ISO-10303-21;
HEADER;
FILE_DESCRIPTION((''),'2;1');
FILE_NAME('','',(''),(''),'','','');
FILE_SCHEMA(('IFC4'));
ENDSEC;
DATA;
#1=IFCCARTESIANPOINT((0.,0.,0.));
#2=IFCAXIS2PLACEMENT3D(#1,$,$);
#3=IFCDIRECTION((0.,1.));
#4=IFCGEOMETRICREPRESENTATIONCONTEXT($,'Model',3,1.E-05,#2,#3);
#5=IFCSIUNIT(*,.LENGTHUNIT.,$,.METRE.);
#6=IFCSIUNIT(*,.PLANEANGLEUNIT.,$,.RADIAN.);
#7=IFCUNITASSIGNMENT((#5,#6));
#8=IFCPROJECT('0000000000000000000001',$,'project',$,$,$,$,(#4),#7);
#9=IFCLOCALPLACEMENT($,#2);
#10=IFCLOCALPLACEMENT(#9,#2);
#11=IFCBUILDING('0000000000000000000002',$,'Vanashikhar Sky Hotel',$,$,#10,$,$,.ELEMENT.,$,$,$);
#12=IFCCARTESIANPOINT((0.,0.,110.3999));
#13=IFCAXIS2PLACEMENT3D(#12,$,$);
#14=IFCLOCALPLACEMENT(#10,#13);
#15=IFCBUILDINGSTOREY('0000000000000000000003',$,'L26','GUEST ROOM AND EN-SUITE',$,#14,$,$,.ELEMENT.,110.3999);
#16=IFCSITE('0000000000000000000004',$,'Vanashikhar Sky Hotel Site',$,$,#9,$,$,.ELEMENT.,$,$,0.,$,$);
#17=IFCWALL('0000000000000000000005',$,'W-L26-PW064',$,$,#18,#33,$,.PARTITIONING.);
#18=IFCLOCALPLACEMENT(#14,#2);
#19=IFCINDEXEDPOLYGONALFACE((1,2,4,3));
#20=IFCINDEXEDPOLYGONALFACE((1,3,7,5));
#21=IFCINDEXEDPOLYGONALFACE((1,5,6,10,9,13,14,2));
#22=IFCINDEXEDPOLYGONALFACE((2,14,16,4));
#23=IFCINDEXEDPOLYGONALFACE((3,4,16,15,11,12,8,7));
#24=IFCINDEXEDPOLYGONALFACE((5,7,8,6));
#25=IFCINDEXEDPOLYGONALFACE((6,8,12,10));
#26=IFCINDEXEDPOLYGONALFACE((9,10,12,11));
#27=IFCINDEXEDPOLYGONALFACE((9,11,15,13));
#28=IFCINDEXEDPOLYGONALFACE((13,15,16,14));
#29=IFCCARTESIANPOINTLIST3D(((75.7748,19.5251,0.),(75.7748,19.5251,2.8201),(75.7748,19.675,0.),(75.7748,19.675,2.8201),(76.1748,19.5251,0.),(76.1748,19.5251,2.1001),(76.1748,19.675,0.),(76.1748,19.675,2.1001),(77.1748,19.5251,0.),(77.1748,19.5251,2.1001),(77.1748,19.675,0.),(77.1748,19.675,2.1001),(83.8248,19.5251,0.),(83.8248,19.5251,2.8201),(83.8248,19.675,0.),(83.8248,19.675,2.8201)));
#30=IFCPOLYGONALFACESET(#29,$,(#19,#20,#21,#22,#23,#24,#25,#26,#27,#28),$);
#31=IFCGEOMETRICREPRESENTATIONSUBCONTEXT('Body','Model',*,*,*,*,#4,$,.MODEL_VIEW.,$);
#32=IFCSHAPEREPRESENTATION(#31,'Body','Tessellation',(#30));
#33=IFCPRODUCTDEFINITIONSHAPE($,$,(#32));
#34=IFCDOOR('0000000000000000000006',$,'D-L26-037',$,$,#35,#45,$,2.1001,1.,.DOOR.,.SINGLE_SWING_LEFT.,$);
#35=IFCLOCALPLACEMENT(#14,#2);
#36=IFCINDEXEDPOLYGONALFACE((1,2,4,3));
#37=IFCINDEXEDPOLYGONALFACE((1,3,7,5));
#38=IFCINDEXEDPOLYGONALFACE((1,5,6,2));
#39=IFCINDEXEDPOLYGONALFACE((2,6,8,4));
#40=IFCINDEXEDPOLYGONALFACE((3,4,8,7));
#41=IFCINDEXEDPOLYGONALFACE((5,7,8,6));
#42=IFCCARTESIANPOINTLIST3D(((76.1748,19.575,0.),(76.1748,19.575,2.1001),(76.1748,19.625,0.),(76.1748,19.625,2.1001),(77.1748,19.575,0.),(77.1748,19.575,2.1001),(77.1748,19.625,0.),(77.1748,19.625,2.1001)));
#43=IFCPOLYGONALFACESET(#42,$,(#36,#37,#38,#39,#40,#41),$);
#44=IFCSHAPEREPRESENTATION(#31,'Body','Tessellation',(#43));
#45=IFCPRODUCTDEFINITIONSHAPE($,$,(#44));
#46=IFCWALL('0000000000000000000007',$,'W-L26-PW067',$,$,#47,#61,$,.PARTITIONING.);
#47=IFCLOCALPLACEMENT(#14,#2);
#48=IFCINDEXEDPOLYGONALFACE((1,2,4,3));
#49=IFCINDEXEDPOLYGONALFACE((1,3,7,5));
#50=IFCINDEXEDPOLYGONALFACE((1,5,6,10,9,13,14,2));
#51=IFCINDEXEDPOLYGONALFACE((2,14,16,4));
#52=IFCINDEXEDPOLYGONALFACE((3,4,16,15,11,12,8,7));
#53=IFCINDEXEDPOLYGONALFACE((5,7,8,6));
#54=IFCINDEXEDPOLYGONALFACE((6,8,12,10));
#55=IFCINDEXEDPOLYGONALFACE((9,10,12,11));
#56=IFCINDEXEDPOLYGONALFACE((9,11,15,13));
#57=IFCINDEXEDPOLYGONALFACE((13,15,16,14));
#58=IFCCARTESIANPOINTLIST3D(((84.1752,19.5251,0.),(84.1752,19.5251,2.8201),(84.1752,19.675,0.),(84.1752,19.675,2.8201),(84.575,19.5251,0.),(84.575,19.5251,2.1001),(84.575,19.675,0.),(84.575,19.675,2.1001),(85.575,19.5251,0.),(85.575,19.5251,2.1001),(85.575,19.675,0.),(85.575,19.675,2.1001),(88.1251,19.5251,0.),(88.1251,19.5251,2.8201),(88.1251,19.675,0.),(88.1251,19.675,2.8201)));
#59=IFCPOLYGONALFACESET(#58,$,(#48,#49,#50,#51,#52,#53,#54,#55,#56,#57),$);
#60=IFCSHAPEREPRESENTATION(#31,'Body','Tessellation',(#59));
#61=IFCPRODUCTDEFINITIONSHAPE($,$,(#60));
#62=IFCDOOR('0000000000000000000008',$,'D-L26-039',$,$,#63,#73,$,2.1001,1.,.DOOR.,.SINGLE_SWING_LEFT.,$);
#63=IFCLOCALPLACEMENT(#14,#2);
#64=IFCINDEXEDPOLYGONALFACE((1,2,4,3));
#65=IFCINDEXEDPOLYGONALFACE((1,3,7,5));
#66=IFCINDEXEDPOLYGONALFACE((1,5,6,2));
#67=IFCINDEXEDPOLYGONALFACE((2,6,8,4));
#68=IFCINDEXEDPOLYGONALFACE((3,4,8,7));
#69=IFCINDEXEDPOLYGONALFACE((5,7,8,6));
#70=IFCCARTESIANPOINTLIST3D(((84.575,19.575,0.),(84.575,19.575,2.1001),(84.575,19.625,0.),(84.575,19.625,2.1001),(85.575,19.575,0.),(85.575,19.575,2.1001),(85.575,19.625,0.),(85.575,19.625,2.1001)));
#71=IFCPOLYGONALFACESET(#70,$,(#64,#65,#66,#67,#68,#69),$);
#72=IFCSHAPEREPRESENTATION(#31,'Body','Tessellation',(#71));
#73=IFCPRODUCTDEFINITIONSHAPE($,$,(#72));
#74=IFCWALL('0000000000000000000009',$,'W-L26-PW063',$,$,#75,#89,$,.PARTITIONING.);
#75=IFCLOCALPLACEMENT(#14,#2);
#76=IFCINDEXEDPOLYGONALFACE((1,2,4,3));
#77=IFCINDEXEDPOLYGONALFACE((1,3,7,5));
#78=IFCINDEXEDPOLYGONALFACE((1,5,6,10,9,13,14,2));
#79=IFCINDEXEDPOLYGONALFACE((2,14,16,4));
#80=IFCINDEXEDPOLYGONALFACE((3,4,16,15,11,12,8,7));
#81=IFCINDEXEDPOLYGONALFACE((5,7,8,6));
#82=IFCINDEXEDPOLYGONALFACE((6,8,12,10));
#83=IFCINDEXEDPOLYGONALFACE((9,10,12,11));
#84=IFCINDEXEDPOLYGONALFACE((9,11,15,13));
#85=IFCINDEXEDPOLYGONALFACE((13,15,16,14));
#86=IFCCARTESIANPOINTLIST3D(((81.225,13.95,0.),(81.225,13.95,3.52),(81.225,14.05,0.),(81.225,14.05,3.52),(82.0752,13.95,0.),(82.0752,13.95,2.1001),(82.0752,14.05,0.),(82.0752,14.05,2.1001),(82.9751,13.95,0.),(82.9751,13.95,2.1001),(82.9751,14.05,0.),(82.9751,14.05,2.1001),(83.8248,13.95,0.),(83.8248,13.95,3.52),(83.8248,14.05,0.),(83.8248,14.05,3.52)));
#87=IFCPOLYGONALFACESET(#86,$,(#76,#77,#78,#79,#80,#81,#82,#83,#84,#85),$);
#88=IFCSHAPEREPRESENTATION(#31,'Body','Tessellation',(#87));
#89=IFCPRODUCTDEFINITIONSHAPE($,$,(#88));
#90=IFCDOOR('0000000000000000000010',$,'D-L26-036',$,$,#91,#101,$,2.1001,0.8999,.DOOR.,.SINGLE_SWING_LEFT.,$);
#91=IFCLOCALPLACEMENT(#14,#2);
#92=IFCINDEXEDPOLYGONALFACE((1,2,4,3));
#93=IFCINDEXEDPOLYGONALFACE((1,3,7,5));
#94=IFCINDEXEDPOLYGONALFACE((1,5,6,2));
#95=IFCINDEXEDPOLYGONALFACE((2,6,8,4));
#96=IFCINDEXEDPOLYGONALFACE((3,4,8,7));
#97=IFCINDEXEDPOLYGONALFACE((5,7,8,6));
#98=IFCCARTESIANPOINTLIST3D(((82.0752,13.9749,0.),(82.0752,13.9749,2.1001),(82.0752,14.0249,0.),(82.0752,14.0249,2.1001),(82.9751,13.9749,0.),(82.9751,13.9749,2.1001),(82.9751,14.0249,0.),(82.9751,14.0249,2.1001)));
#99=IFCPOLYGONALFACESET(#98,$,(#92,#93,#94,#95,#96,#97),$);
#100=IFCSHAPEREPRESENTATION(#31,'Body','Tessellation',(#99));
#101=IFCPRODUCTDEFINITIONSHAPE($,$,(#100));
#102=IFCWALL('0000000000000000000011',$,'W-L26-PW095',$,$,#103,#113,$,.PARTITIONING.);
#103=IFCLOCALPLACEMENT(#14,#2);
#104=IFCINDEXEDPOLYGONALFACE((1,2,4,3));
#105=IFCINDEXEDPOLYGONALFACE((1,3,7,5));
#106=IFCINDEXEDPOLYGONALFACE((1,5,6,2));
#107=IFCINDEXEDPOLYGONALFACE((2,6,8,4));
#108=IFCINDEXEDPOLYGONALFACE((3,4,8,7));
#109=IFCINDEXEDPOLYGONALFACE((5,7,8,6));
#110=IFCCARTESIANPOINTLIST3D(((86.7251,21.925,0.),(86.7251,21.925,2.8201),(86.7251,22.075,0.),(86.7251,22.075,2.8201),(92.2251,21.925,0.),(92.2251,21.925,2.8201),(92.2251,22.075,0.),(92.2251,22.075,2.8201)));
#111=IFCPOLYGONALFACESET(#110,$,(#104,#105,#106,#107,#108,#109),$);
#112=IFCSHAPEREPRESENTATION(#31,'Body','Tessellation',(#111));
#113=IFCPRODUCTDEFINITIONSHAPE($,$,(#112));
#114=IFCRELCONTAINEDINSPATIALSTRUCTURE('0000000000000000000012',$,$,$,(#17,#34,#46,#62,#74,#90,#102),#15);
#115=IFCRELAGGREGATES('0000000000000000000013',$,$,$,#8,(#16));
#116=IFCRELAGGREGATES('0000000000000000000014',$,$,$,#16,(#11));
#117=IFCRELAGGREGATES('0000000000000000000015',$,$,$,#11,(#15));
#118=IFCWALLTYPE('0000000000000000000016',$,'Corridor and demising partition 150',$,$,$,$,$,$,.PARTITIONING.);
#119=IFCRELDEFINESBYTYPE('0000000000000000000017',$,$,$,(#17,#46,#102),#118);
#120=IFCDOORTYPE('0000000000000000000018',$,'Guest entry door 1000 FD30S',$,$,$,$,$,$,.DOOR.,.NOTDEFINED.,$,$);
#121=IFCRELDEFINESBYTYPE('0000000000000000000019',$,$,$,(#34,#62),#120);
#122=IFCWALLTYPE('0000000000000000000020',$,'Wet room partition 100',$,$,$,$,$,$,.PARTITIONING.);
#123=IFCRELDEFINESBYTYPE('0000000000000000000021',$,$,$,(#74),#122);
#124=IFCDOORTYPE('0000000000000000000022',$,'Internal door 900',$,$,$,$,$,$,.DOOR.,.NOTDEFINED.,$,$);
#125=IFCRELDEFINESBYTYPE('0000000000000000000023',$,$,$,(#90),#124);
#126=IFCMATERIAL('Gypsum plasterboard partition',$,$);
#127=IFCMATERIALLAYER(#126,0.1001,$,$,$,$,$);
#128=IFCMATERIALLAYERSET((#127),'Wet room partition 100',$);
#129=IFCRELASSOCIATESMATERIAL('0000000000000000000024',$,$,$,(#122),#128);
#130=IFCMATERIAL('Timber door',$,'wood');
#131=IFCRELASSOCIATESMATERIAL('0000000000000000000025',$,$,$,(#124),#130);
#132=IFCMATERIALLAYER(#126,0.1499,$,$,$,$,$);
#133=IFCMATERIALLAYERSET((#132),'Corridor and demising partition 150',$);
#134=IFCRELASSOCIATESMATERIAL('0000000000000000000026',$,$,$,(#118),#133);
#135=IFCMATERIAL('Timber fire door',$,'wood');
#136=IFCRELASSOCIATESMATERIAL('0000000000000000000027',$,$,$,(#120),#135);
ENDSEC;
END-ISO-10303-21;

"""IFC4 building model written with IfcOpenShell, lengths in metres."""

from ifc_helpers import new_model, si_unit, direction, frame, frame_2d, origin, place, context, subcontext, project, spatial, rectangle, extrude, source, transform, mapped, material, layer, layer_set, type_object, element, fill, save


model = new_model("IFC4")

# Units and contexts
model_context = context("Model", 3, precision=1e-05, world=origin(), true_north=direction((0.0, 1.0)))
body_context = subcontext(model_context, "Body", "Model", "MODEL_VIEW")
ifc_project = project(units=[si_unit("LENGTHUNIT", "METRE"), si_unit("PLANEANGLEUNIT", "RADIAN")], contexts=[model_context])

# Site, building, storey
site_placement = place(None, origin())
site = spatial("IfcSite", under=ifc_project, at=site_placement, Name="Vanashikhar Sky Hotel Site", CompositionType="ELEMENT", RefElevation=0.0)
building_placement = place(site_placement, origin())
building = spatial("IfcBuilding", under=site, at=building_placement, Name="Vanashikhar Sky Hotel", CompositionType="ELEMENT")
storey_placement = place(building_placement, frame((0.0, 0.0, 110.3999)))
storey = spatial("IfcBuildingStorey", under=building, at=storey_placement, Name="L26", Description="GUEST ROOM AND EN-SUITE", CompositionType="ELEMENT", Elevation=110.3999)

# Shared definitions
ifc_material_1 = material(Name="Gypsum plasterboard partition")
ifc_layer_1 = layer(ifc_material_1, 0.1001)
ifc_layer_set_1 = layer_set([ifc_layer_1], Name="Wet room partition 100")
wall_type_1 = type_object("IfcWallType", Name="Wet room partition 100", PredefinedType="PARTITIONING", material=ifc_layer_set_1)
shared_shape_1 = source(origin(), body_context, "Body", "SweptSolid", [
    extrude(rectangle(XDim=0.8999, YDim=2.1001, at=frame_2d((0.45, 1.05))), frame((0.0, 0.0601, 0.0), z_axis=(0.0, -1.0, 0.0), x_axis=(1.0, 0.0, 0.0)), (0.0, 0.0, 1.0), 0.1201),
])
ifc_material_2 = material(Name="Timber door", Category="wood")
door_type_1 = type_object("IfcDoorType", Name="Internal door 900", OperationType="NOTDEFINED", PredefinedType="DOOR", material=ifc_material_2)
shared_shape_2 = source(origin(), body_context, "Body", "SweptSolid", [
    extrude(rectangle(XDim=0.8999, YDim=2.1001, at=frame_2d((0.45, 1.05))), frame((0.0, 0.0249, 0.0), z_axis=(0.0, -1.0, 0.0), x_axis=(1.0, 0.0, 0.0)), (0.0, 0.0, 1.0), 0.05),
])

# Walls, openings, doors
ifc_layer_2 = layer(ifc_material_1, 0.1499)
ifc_layer_set_2 = layer_set([ifc_layer_2], Name="Corridor and demising partition 150")
wall_type_2 = type_object("IfcWallType", Name="Corridor and demising partition 150", PredefinedType="PARTITIONING", material=ifc_layer_set_2)
shared_shape_3 = source(origin(), body_context, "Body", "SweptSolid", [
    extrude(rectangle(XDim=8.05, YDim=0.1499, at=frame_2d((4.0249, 0.0))), origin(), (0.0, 0.0, 1.0), 2.8201),
])
wall_1_placement = place(storey_placement, frame((75.7749, 19.6001, 0.0), z_axis=(0.0, 0.0, 1.0), x_axis=(1.0, 0.0, 0.0)))
wall_1 = element("IfcWall", 1, at=wall_1_placement, inside=storey, type_object=wall_type_2, Name="W-L26-PW064", PredefinedType="PARTITIONING", context=body_context, shape_type="MappedRepresentation", body=[
    mapped(shared_shape_3, transform((0.0, 0.0, 0.0), scale=1.0)),
])
shared_shape_4 = source(origin(), body_context, "Body", "SweptSolid", [
    extrude(rectangle(XDim=1.0, YDim=2.1001, at=frame_2d((0.5, 1.05))), frame((0.0, 0.085, 0.0), z_axis=(0.0, -1.0, 0.0), x_axis=(1.0, 0.0, 0.0)), (0.0, 0.0, 1.0), 0.1699),
])
opening_1_placement = place(wall_1_placement, frame((0.3999, 0.0, 0.0)))
opening_1 = element("IfcOpeningElement", 2, at=opening_1_placement, cuts=wall_1, PredefinedType="OPENING", context=body_context, shape_type="MappedRepresentation", body=[
    mapped(shared_shape_4, transform((0.0, 0.0, 0.0), scale=1.0)),
])
ifc_material_3 = material(Name="Timber fire door", Category="wood")
door_type_2 = type_object("IfcDoorType", Name="Guest entry door 1000 FD30S", OperationType="NOTDEFINED", PredefinedType="DOOR", material=ifc_material_3)
shared_shape_5 = source(origin(), body_context, "Body", "SweptSolid", [
    extrude(rectangle(XDim=1.0, YDim=2.1001, at=frame_2d((0.5, 1.05))), frame((0.0, 0.0249, 0.0), z_axis=(0.0, -1.0, 0.0), x_axis=(1.0, 0.0, 0.0)), (0.0, 0.0, 1.0), 0.05),
])
door_1_placement = place(opening_1_placement, origin())
door_1 = element("IfcDoor", 3, at=door_1_placement, inside=storey, type_object=door_type_2, Name="D-L26-037", OperationType="SINGLE_SWING_LEFT", OverallHeight=2.1001, OverallWidth=1.0, PredefinedType="DOOR", context=body_context, shape_type="MappedRepresentation", body=[
    mapped(shared_shape_5, transform((0.0, 0.0, 0.0), scale=1.0)),
])
fill(opening_1, door_1)
shared_shape_6 = source(origin(), body_context, "Body", "SweptSolid", [
    extrude(rectangle(XDim=3.95, YDim=0.1499, at=frame_2d((1.9751, 0.0))), origin(), (0.0, 0.0, 1.0), 2.8201),
])
wall_2_placement = place(storey_placement, frame((84.175, 19.6001, 0.0), z_axis=(0.0, 0.0, 1.0), x_axis=(1.0, 0.0, 0.0)))
wall_2 = element("IfcWall", 4, at=wall_2_placement, inside=storey, type_object=wall_type_2, Name="W-L26-PW067", PredefinedType="PARTITIONING", context=body_context, shape_type="MappedRepresentation", body=[
    mapped(shared_shape_6, transform((0.0, 0.0, 0.0), scale=1.0)),
])
opening_2_placement = place(wall_2_placement, frame((0.3999, 0.0, 0.0)))
opening_2 = element("IfcOpeningElement", 5, at=opening_2_placement, cuts=wall_2, PredefinedType="OPENING", context=body_context, shape_type="MappedRepresentation", body=[
    mapped(shared_shape_4, transform((0.0, 0.0, 0.0), scale=1.0)),
])
door_2_placement = place(opening_2_placement, origin())
door_2 = element("IfcDoor", 6, at=door_2_placement, inside=storey, type_object=door_type_2, Name="D-L26-039", OperationType="SINGLE_SWING_LEFT", OverallHeight=2.1001, OverallWidth=1.0, PredefinedType="DOOR", context=body_context, shape_type="MappedRepresentation", body=[
    mapped(shared_shape_5, transform((0.0, 0.0, 0.0), scale=1.0)),
])
fill(opening_2, door_2)
shared_shape_7 = source(origin(), body_context, "Body", "SweptSolid", [
    extrude(rectangle(XDim=2.5999, YDim=0.1001, at=frame_2d((1.2998, 0.0))), origin(), (0.0, 0.0, 1.0), 3.52),
])
wall_3_placement = place(storey_placement, frame((81.2251, 14.0, 0.0), z_axis=(0.0, 0.0, 1.0), x_axis=(1.0, 0.0, 0.0)))
wall_3 = element("IfcWall", 7, at=wall_3_placement, inside=storey, type_object=wall_type_1, Name="W-L26-PW063", PredefinedType="PARTITIONING", context=body_context, shape_type="MappedRepresentation", body=[
    mapped(shared_shape_7, transform((0.0, 0.0, 0.0), scale=1.0)),
])
opening_3_placement = place(wall_3_placement, frame((0.8501, 0.0, 0.0)))
opening_3 = element("IfcOpeningElement", 8, at=opening_3_placement, cuts=wall_3, PredefinedType="OPENING", context=body_context, shape_type="MappedRepresentation", body=[
    mapped(shared_shape_1, transform((0.0, 0.0, 0.0), scale=1.0)),
])
door_3_placement = place(opening_3_placement, origin())
door_3 = element("IfcDoor", 9, at=door_3_placement, inside=storey, type_object=door_type_1, Name="D-L26-036", OperationType="SINGLE_SWING_LEFT", OverallHeight=2.1001, OverallWidth=0.8999, PredefinedType="DOOR", context=body_context, shape_type="MappedRepresentation", body=[
    mapped(shared_shape_2, transform((0.0, 0.0, 0.0), scale=1.0)),
])
fill(opening_3, door_3)

# Wall
shared_shape_8 = source(origin(), body_context, "Body", "SweptSolid", [
    extrude(rectangle(XDim=5.5, YDim=0.1499, at=frame_2d((2.75, 0.0))), origin(), (0.0, 0.0, 1.0), 2.8201),
])
wall_4_placement = place(storey_placement, frame((86.7251, 22.0, 0.0), z_axis=(0.0, 0.0, 1.0), x_axis=(1.0, 0.0, 0.0)))
element("IfcWall", 10, at=wall_4_placement, inside=storey, type_object=wall_type_2, Name="W-L26-PW095", PredefinedType="PARTITIONING", context=body_context, shape_type="MappedRepresentation", body=[
    mapped(shared_shape_8, transform((0.0, 0.0, 0.0), scale=1.0)),
])

save(model, "model.ifc")
